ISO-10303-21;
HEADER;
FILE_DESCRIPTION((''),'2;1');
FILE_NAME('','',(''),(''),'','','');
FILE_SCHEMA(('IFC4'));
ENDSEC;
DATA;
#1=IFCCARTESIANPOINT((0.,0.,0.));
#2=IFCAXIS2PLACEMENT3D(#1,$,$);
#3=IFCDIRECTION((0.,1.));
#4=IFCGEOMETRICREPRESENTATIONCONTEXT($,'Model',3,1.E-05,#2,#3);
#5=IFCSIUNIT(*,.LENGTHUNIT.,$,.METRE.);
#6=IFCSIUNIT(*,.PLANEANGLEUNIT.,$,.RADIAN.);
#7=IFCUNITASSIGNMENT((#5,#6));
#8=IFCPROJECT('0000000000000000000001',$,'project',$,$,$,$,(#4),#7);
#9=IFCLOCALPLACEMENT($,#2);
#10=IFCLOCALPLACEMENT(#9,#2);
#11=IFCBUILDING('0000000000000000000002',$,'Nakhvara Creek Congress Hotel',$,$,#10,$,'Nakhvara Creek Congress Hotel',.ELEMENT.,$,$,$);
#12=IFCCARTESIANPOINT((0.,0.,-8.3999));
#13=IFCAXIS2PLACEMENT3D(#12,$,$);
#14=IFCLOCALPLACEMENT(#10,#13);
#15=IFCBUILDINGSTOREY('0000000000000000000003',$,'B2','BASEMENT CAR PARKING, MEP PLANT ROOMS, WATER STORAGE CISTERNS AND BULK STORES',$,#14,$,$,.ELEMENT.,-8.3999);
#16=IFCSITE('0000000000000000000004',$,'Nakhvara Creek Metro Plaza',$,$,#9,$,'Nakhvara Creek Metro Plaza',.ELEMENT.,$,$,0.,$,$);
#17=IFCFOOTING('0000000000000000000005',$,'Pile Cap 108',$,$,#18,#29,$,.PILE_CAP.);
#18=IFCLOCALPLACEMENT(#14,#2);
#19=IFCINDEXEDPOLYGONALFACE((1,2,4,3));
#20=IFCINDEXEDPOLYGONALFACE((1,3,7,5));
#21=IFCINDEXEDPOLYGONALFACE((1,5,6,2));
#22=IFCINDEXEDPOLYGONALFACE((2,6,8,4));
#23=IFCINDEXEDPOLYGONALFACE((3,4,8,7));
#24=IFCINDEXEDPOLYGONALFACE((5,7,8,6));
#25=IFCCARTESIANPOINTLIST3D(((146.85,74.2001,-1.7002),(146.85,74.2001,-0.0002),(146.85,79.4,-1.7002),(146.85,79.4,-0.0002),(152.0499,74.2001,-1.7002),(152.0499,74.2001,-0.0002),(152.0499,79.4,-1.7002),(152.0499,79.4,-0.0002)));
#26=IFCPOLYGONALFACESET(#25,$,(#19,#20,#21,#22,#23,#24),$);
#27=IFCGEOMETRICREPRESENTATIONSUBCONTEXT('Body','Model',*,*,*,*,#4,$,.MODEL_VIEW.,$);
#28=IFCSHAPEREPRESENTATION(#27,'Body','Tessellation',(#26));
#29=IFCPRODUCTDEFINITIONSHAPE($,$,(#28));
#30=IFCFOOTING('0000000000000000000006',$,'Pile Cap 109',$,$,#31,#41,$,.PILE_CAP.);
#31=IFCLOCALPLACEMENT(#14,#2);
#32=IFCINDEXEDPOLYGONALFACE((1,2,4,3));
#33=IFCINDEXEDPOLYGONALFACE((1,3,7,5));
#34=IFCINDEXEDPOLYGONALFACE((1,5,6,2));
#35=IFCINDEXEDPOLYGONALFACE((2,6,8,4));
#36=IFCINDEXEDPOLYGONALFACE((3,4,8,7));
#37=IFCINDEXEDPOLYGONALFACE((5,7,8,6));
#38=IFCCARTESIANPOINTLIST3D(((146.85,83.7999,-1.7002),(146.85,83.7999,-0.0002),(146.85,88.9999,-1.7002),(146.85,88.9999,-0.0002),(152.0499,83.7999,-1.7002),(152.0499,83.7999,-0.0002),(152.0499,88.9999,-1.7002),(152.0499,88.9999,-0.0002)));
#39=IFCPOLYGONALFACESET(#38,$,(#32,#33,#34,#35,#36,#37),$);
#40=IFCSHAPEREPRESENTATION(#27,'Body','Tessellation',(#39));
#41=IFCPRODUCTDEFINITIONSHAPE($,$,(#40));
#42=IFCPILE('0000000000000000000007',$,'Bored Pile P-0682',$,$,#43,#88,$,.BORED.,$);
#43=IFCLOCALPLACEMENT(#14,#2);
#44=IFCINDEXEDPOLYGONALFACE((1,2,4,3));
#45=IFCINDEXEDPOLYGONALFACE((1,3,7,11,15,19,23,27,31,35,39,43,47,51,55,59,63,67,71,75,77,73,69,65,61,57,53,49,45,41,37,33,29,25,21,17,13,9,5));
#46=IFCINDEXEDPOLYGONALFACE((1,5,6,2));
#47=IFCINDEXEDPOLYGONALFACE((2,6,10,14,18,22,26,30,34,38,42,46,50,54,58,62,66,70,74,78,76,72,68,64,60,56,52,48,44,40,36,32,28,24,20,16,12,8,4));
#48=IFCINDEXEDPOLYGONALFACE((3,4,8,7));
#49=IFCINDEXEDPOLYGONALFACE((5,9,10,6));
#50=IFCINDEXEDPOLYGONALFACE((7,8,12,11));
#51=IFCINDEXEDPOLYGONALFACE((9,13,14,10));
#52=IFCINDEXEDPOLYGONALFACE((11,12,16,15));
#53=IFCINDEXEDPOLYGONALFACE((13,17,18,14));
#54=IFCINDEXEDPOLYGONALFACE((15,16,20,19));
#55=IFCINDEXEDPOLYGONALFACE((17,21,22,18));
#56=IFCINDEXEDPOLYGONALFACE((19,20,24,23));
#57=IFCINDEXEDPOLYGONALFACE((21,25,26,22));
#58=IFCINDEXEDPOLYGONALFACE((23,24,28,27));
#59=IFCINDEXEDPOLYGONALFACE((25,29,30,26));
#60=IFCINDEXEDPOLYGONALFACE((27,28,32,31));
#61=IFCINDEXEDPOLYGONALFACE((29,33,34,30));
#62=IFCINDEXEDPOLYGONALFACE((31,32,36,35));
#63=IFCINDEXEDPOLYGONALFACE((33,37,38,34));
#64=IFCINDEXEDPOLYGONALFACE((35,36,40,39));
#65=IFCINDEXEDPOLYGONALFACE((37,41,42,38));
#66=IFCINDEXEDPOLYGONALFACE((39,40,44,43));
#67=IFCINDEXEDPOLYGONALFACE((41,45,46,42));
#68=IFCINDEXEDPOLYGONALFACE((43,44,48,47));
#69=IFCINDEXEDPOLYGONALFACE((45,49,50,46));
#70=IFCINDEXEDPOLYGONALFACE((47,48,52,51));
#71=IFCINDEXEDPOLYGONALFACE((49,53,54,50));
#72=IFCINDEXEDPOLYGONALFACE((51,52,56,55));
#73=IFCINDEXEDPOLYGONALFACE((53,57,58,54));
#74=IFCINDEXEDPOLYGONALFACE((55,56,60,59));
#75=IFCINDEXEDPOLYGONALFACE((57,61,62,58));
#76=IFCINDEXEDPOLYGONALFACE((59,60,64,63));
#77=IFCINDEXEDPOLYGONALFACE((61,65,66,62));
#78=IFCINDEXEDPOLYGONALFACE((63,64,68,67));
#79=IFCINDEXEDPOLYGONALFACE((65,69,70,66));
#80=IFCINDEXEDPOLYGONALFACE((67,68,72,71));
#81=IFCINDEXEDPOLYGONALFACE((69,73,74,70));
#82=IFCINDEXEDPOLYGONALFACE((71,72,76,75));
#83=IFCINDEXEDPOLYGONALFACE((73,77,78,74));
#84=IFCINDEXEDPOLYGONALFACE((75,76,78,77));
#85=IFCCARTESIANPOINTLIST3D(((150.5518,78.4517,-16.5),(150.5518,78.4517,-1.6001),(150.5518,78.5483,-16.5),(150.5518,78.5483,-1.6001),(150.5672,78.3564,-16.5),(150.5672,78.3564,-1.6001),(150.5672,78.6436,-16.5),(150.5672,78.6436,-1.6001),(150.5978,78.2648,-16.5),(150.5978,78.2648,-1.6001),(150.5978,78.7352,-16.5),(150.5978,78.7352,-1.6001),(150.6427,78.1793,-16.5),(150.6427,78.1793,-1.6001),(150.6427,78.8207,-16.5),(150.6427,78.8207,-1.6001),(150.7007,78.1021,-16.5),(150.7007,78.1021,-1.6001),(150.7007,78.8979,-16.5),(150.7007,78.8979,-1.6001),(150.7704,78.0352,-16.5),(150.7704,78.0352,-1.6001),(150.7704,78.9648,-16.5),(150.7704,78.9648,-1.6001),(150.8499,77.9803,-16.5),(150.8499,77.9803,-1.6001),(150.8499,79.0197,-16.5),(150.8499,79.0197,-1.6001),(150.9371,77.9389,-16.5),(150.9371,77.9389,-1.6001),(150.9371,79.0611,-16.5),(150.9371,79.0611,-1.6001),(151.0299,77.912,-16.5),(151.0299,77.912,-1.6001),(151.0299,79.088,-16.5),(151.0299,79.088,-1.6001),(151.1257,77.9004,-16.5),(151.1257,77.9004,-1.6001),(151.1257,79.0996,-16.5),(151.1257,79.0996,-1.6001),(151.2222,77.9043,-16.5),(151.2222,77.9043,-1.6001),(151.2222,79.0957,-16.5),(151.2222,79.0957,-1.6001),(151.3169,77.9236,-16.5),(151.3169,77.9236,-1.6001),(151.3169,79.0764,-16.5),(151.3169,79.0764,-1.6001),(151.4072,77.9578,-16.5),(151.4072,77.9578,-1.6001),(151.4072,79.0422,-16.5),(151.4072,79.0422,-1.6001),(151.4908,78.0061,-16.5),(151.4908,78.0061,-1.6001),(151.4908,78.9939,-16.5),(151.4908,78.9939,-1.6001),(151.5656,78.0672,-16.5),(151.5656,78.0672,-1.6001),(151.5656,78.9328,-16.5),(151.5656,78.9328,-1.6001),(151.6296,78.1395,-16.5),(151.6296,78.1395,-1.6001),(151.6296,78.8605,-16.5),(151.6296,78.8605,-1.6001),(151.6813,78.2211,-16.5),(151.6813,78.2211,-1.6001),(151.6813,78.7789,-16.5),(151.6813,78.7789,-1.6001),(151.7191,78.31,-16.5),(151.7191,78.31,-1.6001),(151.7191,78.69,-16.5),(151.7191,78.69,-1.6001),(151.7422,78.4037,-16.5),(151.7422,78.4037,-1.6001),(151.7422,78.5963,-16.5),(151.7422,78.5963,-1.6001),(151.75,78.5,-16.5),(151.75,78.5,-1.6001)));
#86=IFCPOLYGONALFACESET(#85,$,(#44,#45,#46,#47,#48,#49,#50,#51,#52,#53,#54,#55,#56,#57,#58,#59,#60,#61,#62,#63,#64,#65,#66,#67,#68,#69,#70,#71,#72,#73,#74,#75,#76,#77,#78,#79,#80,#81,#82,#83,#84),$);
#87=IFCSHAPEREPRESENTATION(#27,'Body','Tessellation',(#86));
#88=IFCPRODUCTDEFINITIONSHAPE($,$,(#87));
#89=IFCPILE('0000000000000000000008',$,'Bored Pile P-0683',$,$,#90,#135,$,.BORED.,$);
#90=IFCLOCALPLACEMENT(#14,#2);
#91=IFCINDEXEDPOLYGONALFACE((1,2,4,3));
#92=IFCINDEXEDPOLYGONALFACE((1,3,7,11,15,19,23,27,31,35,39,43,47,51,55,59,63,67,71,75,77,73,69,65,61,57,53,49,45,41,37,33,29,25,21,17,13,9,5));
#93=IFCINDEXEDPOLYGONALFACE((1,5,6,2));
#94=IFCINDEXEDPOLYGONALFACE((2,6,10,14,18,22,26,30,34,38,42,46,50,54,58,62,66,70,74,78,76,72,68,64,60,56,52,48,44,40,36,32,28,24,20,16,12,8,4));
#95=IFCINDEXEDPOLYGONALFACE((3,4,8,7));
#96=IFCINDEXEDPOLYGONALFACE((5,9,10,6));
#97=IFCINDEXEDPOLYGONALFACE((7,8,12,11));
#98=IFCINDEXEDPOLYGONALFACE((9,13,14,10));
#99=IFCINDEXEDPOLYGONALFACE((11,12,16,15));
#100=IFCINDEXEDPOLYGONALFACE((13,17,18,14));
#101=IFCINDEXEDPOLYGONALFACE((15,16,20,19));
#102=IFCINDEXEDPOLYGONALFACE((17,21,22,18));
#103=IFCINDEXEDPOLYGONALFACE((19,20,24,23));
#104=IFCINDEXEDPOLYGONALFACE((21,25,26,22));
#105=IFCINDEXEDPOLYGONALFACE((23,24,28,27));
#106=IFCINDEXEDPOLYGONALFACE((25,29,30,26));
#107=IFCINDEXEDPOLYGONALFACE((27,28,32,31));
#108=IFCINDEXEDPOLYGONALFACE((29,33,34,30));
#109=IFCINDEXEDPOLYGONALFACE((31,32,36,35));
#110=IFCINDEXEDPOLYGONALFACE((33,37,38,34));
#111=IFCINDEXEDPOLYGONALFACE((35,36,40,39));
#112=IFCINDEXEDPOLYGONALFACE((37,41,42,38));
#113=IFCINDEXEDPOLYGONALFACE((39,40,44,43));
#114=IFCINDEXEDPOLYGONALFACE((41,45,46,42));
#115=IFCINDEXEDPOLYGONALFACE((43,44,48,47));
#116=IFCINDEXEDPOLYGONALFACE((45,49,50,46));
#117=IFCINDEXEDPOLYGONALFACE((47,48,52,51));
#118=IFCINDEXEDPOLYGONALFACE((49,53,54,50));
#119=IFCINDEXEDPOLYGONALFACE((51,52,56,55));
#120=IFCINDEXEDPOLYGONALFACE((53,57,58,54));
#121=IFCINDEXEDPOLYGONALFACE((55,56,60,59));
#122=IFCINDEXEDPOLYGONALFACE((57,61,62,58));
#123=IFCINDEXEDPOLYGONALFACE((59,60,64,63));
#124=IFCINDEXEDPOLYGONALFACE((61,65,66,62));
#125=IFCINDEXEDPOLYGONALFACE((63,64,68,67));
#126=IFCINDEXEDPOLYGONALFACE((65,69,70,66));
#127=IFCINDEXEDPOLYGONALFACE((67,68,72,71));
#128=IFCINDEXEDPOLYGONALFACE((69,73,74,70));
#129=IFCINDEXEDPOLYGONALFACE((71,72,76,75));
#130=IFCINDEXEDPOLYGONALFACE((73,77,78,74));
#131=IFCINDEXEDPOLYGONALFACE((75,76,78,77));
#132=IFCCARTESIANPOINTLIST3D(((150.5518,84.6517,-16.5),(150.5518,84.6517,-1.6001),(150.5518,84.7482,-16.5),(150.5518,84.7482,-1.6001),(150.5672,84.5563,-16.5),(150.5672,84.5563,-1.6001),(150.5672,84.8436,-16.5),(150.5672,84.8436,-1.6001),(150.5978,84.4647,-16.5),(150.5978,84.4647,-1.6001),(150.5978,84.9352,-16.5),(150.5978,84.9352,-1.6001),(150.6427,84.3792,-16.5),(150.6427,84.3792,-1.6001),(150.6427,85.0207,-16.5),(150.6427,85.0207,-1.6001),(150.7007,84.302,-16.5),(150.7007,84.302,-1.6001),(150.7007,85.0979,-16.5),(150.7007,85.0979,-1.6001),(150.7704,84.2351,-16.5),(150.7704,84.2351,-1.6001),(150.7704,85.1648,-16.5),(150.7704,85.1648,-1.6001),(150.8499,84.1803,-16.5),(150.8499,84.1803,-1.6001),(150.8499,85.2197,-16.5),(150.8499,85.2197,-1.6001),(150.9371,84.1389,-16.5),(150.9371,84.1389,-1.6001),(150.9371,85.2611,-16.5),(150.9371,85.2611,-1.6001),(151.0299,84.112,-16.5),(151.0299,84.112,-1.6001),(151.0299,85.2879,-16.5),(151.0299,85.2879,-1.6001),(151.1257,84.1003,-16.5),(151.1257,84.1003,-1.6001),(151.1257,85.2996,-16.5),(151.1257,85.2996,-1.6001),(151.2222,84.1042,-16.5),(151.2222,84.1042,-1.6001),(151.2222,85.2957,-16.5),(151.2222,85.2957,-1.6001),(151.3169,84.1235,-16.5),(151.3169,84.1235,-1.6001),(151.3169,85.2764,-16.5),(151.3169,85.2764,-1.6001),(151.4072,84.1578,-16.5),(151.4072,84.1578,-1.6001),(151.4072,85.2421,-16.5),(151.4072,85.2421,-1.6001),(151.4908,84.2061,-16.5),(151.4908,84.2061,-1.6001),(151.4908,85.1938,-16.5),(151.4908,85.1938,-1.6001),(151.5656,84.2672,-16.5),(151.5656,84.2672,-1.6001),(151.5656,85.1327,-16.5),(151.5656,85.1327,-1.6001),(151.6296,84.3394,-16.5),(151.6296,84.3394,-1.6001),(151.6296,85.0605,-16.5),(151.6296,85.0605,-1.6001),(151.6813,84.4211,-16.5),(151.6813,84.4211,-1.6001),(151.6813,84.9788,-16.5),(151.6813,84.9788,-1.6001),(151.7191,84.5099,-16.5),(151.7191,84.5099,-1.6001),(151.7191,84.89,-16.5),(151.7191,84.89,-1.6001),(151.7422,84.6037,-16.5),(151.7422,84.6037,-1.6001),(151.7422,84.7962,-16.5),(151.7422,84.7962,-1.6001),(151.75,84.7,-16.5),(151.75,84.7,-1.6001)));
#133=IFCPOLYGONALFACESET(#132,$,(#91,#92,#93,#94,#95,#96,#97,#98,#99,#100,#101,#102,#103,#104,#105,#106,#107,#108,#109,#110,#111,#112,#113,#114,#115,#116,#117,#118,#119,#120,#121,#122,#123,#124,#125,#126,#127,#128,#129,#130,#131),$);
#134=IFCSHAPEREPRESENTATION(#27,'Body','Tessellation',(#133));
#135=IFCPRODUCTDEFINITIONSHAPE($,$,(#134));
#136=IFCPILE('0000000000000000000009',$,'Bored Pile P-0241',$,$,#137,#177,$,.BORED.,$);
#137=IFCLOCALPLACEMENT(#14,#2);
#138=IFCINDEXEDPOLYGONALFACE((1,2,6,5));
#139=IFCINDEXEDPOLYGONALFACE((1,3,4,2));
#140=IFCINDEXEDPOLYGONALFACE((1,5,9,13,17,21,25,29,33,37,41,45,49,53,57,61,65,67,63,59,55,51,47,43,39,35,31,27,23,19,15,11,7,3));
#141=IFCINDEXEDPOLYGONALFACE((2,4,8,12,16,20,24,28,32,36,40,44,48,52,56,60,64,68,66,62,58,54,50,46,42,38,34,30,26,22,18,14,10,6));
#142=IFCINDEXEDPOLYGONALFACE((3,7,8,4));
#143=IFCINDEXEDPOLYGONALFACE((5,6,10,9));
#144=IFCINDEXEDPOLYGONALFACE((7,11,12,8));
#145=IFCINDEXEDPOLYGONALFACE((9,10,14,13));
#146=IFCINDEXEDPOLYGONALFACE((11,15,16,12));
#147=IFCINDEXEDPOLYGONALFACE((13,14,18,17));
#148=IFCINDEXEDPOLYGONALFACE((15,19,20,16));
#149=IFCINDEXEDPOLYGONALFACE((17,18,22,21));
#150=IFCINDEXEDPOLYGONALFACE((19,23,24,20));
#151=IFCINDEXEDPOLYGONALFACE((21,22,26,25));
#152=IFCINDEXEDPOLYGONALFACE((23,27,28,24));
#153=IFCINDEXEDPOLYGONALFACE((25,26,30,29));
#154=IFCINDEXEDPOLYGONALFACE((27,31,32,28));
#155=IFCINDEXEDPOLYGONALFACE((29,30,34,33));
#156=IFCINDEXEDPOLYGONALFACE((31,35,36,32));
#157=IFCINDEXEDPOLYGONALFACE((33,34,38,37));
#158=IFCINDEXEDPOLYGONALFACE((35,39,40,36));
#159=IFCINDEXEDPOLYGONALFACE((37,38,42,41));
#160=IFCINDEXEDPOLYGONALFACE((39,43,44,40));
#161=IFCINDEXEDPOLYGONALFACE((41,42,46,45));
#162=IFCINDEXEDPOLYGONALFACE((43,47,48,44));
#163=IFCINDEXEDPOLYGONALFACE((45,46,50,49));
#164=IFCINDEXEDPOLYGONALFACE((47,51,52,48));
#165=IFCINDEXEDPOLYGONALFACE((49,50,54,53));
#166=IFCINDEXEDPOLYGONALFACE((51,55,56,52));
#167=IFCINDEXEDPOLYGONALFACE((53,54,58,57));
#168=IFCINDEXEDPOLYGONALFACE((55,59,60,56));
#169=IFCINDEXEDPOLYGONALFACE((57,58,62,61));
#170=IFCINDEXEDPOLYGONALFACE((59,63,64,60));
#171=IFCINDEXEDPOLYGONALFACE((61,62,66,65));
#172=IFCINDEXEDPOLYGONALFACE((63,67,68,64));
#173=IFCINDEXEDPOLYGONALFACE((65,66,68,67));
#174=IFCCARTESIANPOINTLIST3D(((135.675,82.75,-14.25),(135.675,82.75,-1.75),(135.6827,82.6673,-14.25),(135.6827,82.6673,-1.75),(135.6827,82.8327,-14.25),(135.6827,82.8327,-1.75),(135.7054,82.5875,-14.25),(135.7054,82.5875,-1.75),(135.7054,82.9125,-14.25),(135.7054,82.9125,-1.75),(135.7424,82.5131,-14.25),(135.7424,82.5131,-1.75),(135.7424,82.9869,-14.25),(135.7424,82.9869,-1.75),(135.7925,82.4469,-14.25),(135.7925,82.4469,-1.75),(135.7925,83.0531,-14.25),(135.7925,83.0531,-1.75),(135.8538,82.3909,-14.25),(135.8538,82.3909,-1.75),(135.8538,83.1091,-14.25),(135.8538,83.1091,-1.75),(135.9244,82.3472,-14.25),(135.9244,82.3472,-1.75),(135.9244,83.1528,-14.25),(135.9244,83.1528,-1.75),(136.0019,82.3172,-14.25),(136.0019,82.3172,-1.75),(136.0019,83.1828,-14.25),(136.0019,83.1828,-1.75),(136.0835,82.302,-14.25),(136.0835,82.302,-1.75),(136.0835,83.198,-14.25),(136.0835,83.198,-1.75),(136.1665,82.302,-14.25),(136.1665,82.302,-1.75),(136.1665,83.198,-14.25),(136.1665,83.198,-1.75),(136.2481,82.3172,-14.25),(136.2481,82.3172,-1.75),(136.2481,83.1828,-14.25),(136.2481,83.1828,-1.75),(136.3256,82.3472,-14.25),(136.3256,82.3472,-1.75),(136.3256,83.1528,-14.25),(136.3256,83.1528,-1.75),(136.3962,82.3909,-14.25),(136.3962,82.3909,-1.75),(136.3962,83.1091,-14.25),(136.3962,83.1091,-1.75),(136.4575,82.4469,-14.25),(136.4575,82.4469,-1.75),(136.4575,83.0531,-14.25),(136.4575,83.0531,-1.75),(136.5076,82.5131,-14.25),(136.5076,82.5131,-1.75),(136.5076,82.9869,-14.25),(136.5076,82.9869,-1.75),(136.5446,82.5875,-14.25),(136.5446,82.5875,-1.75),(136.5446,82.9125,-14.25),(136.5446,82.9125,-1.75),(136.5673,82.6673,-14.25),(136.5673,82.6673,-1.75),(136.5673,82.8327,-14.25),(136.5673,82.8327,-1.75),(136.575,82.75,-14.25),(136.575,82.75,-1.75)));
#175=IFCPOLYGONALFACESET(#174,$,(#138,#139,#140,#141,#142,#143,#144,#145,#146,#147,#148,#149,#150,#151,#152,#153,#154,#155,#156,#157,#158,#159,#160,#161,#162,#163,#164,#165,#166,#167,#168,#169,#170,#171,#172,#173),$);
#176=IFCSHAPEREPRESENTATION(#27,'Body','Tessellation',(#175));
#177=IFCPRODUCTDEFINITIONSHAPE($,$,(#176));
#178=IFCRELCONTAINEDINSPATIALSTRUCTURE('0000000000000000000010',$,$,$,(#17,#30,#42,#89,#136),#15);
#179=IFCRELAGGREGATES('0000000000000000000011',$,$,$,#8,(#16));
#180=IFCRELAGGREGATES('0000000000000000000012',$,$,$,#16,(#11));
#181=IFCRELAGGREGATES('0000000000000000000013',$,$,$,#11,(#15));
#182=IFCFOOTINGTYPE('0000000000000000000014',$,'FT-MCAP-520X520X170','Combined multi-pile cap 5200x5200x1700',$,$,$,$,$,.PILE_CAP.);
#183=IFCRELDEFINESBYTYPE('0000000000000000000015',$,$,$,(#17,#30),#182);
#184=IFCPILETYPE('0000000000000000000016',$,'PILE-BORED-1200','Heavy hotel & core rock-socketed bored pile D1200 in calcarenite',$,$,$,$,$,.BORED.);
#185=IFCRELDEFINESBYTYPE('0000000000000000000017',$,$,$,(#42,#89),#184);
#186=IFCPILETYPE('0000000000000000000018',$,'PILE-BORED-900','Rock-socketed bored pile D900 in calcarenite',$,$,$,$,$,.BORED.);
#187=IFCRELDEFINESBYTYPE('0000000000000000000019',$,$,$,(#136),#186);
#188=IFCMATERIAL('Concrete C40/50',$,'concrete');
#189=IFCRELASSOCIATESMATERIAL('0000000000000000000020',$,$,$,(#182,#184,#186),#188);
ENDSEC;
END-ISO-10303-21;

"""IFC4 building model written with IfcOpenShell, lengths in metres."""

from ifc_helpers import new_model, si_unit, direction, frame, origin, origin_2d, place, context, subcontext, project, spatial, rectangle, circle, extrude, material, material_profile, profile_set, type_object, element, save


model = new_model("IFC4")

# Units and contexts
model_context = context("Model", 3, precision=1e-05, world=origin(), true_north=direction((0.0, 1.0)))
body_context = subcontext(model_context, "Body", "Model", "MODEL_VIEW")
ifc_project = project(units=[si_unit("LENGTHUNIT", "METRE"), si_unit("PLANEANGLEUNIT", "RADIAN")], contexts=[model_context])

# Site, building, storey
site_placement = place(None, origin())
site = spatial("IfcSite", under=ifc_project, at=site_placement, Name="Nakhvara Creek Metro Plaza", LongName="Nakhvara Creek Metro Plaza", CompositionType="ELEMENT", RefElevation=0.0)
building_placement = place(site_placement, origin())
building = spatial("IfcBuilding", under=site, at=building_placement, Name="Nakhvara Creek Congress Hotel", LongName="Nakhvara Creek Congress Hotel", CompositionType="ELEMENT")
storey_placement = place(building_placement, frame((0.0, 0.0, -8.3999)))
storey = spatial("IfcBuildingStorey", under=building, at=storey_placement, Name="B2", Description="BASEMENT CAR PARKING, MEP PLANT ROOMS, WATER STORAGE CISTERNS AND BULK STORES", CompositionType="ELEMENT", Elevation=-8.3999)

# Footings
ifc_material_1 = material(Name="Concrete C40/50", Category="concrete")
footing_type = type_object("IfcFootingType", Name="FT-MCAP-520X520X170", Description="Combined multi-pile cap 5200x5200x1700", PredefinedType="PILE_CAP", material=ifc_material_1)
for number, where, z_axis, x_axis, name in (
    (1, (149.45, 76.8, -1.7002), (0.0, 0.0, 1.0), (1.0, 0.0, 0.0), "Pile Cap 108"),
    (2, (149.45, 86.3999, -1.7002), (0.0, 0.0, 1.0), (1.0, 0.0, 0.0), "Pile Cap 109"),
):
    element("IfcFooting", number, at=place(storey_placement, frame(where, z_axis=z_axis, x_axis=x_axis)), inside=storey, type_object=footing_type, Name=name, PredefinedType="PILE_CAP", context=body_context, shape_type="SweptSolid", body=[
        extrude(rectangle(XDim=5.2, YDim=5.2, at=origin_2d()), origin(), (0.0, 0.0, 1.0), 1.7),
    ])

# Piles
ifc_material_profile_1 = material_profile(ifc_material_1, circle(Radius=0.6001, at=origin_2d()), Name="BORED PILE D1200", Category="LoadBearing")
ifc_profile_set_1 = profile_set([ifc_material_profile_1], Name="Concrete C40/50")
pile_type_1 = type_object("IfcPileType", Name="PILE-BORED-1200", Description="Heavy hotel & core rock-socketed bored pile D1200 in calcarenite", PredefinedType="BORED", material=ifc_profile_set_1)
for number, where, z_axis, x_axis, name in (
    (3, (151.1499, 78.5, -1.6001), (0.0, 0.0, -1.0), (1.0, 0.0, 0.0), "Bored Pile P-0682"),
    (4, (151.1499, 84.7, -1.6001), (0.0, 0.0, -1.0), (1.0, 0.0, 0.0), "Bored Pile P-0683"),
):
    element("IfcPile", number, at=place(storey_placement, frame(where, z_axis=z_axis, x_axis=x_axis)), inside=storey, type_object=pile_type_1, Name=name, PredefinedType="BORED", context=body_context, shape_type="SweptSolid", body=[
        extrude(circle(Radius=0.6001, at=origin_2d()), origin(), (0.0, 0.0, 1.0), 14.8999),
    ])
ifc_material_profile_2 = material_profile(ifc_material_1, circle(Radius=0.45, at=origin_2d()), Name="BORED PILE D900", Category="LoadBearing")
ifc_profile_set_2 = profile_set([ifc_material_profile_2], Name="Concrete C40/50")
pile_type_2 = type_object("IfcPileType", Name="PILE-BORED-900", Description="Rock-socketed bored pile D900 in calcarenite", PredefinedType="BORED", material=ifc_profile_set_2)
for number, where, z_axis, x_axis, name in (
    (5, (136.125, 82.75, -1.75), (0.0, 0.0, -1.0), (1.0, 0.0, 0.0), "Bored Pile P-0241"),
):
    element("IfcPile", number, at=place(storey_placement, frame(where, z_axis=z_axis, x_axis=x_axis)), inside=storey, type_object=pile_type_2, Name=name, PredefinedType="BORED", context=body_context, shape_type="SweptSolid", body=[
        extrude(circle(Radius=0.45, at=origin_2d()), origin(), (0.0, 0.0, 1.0), 12.5),
    ])

save(model, "model.ifc")
